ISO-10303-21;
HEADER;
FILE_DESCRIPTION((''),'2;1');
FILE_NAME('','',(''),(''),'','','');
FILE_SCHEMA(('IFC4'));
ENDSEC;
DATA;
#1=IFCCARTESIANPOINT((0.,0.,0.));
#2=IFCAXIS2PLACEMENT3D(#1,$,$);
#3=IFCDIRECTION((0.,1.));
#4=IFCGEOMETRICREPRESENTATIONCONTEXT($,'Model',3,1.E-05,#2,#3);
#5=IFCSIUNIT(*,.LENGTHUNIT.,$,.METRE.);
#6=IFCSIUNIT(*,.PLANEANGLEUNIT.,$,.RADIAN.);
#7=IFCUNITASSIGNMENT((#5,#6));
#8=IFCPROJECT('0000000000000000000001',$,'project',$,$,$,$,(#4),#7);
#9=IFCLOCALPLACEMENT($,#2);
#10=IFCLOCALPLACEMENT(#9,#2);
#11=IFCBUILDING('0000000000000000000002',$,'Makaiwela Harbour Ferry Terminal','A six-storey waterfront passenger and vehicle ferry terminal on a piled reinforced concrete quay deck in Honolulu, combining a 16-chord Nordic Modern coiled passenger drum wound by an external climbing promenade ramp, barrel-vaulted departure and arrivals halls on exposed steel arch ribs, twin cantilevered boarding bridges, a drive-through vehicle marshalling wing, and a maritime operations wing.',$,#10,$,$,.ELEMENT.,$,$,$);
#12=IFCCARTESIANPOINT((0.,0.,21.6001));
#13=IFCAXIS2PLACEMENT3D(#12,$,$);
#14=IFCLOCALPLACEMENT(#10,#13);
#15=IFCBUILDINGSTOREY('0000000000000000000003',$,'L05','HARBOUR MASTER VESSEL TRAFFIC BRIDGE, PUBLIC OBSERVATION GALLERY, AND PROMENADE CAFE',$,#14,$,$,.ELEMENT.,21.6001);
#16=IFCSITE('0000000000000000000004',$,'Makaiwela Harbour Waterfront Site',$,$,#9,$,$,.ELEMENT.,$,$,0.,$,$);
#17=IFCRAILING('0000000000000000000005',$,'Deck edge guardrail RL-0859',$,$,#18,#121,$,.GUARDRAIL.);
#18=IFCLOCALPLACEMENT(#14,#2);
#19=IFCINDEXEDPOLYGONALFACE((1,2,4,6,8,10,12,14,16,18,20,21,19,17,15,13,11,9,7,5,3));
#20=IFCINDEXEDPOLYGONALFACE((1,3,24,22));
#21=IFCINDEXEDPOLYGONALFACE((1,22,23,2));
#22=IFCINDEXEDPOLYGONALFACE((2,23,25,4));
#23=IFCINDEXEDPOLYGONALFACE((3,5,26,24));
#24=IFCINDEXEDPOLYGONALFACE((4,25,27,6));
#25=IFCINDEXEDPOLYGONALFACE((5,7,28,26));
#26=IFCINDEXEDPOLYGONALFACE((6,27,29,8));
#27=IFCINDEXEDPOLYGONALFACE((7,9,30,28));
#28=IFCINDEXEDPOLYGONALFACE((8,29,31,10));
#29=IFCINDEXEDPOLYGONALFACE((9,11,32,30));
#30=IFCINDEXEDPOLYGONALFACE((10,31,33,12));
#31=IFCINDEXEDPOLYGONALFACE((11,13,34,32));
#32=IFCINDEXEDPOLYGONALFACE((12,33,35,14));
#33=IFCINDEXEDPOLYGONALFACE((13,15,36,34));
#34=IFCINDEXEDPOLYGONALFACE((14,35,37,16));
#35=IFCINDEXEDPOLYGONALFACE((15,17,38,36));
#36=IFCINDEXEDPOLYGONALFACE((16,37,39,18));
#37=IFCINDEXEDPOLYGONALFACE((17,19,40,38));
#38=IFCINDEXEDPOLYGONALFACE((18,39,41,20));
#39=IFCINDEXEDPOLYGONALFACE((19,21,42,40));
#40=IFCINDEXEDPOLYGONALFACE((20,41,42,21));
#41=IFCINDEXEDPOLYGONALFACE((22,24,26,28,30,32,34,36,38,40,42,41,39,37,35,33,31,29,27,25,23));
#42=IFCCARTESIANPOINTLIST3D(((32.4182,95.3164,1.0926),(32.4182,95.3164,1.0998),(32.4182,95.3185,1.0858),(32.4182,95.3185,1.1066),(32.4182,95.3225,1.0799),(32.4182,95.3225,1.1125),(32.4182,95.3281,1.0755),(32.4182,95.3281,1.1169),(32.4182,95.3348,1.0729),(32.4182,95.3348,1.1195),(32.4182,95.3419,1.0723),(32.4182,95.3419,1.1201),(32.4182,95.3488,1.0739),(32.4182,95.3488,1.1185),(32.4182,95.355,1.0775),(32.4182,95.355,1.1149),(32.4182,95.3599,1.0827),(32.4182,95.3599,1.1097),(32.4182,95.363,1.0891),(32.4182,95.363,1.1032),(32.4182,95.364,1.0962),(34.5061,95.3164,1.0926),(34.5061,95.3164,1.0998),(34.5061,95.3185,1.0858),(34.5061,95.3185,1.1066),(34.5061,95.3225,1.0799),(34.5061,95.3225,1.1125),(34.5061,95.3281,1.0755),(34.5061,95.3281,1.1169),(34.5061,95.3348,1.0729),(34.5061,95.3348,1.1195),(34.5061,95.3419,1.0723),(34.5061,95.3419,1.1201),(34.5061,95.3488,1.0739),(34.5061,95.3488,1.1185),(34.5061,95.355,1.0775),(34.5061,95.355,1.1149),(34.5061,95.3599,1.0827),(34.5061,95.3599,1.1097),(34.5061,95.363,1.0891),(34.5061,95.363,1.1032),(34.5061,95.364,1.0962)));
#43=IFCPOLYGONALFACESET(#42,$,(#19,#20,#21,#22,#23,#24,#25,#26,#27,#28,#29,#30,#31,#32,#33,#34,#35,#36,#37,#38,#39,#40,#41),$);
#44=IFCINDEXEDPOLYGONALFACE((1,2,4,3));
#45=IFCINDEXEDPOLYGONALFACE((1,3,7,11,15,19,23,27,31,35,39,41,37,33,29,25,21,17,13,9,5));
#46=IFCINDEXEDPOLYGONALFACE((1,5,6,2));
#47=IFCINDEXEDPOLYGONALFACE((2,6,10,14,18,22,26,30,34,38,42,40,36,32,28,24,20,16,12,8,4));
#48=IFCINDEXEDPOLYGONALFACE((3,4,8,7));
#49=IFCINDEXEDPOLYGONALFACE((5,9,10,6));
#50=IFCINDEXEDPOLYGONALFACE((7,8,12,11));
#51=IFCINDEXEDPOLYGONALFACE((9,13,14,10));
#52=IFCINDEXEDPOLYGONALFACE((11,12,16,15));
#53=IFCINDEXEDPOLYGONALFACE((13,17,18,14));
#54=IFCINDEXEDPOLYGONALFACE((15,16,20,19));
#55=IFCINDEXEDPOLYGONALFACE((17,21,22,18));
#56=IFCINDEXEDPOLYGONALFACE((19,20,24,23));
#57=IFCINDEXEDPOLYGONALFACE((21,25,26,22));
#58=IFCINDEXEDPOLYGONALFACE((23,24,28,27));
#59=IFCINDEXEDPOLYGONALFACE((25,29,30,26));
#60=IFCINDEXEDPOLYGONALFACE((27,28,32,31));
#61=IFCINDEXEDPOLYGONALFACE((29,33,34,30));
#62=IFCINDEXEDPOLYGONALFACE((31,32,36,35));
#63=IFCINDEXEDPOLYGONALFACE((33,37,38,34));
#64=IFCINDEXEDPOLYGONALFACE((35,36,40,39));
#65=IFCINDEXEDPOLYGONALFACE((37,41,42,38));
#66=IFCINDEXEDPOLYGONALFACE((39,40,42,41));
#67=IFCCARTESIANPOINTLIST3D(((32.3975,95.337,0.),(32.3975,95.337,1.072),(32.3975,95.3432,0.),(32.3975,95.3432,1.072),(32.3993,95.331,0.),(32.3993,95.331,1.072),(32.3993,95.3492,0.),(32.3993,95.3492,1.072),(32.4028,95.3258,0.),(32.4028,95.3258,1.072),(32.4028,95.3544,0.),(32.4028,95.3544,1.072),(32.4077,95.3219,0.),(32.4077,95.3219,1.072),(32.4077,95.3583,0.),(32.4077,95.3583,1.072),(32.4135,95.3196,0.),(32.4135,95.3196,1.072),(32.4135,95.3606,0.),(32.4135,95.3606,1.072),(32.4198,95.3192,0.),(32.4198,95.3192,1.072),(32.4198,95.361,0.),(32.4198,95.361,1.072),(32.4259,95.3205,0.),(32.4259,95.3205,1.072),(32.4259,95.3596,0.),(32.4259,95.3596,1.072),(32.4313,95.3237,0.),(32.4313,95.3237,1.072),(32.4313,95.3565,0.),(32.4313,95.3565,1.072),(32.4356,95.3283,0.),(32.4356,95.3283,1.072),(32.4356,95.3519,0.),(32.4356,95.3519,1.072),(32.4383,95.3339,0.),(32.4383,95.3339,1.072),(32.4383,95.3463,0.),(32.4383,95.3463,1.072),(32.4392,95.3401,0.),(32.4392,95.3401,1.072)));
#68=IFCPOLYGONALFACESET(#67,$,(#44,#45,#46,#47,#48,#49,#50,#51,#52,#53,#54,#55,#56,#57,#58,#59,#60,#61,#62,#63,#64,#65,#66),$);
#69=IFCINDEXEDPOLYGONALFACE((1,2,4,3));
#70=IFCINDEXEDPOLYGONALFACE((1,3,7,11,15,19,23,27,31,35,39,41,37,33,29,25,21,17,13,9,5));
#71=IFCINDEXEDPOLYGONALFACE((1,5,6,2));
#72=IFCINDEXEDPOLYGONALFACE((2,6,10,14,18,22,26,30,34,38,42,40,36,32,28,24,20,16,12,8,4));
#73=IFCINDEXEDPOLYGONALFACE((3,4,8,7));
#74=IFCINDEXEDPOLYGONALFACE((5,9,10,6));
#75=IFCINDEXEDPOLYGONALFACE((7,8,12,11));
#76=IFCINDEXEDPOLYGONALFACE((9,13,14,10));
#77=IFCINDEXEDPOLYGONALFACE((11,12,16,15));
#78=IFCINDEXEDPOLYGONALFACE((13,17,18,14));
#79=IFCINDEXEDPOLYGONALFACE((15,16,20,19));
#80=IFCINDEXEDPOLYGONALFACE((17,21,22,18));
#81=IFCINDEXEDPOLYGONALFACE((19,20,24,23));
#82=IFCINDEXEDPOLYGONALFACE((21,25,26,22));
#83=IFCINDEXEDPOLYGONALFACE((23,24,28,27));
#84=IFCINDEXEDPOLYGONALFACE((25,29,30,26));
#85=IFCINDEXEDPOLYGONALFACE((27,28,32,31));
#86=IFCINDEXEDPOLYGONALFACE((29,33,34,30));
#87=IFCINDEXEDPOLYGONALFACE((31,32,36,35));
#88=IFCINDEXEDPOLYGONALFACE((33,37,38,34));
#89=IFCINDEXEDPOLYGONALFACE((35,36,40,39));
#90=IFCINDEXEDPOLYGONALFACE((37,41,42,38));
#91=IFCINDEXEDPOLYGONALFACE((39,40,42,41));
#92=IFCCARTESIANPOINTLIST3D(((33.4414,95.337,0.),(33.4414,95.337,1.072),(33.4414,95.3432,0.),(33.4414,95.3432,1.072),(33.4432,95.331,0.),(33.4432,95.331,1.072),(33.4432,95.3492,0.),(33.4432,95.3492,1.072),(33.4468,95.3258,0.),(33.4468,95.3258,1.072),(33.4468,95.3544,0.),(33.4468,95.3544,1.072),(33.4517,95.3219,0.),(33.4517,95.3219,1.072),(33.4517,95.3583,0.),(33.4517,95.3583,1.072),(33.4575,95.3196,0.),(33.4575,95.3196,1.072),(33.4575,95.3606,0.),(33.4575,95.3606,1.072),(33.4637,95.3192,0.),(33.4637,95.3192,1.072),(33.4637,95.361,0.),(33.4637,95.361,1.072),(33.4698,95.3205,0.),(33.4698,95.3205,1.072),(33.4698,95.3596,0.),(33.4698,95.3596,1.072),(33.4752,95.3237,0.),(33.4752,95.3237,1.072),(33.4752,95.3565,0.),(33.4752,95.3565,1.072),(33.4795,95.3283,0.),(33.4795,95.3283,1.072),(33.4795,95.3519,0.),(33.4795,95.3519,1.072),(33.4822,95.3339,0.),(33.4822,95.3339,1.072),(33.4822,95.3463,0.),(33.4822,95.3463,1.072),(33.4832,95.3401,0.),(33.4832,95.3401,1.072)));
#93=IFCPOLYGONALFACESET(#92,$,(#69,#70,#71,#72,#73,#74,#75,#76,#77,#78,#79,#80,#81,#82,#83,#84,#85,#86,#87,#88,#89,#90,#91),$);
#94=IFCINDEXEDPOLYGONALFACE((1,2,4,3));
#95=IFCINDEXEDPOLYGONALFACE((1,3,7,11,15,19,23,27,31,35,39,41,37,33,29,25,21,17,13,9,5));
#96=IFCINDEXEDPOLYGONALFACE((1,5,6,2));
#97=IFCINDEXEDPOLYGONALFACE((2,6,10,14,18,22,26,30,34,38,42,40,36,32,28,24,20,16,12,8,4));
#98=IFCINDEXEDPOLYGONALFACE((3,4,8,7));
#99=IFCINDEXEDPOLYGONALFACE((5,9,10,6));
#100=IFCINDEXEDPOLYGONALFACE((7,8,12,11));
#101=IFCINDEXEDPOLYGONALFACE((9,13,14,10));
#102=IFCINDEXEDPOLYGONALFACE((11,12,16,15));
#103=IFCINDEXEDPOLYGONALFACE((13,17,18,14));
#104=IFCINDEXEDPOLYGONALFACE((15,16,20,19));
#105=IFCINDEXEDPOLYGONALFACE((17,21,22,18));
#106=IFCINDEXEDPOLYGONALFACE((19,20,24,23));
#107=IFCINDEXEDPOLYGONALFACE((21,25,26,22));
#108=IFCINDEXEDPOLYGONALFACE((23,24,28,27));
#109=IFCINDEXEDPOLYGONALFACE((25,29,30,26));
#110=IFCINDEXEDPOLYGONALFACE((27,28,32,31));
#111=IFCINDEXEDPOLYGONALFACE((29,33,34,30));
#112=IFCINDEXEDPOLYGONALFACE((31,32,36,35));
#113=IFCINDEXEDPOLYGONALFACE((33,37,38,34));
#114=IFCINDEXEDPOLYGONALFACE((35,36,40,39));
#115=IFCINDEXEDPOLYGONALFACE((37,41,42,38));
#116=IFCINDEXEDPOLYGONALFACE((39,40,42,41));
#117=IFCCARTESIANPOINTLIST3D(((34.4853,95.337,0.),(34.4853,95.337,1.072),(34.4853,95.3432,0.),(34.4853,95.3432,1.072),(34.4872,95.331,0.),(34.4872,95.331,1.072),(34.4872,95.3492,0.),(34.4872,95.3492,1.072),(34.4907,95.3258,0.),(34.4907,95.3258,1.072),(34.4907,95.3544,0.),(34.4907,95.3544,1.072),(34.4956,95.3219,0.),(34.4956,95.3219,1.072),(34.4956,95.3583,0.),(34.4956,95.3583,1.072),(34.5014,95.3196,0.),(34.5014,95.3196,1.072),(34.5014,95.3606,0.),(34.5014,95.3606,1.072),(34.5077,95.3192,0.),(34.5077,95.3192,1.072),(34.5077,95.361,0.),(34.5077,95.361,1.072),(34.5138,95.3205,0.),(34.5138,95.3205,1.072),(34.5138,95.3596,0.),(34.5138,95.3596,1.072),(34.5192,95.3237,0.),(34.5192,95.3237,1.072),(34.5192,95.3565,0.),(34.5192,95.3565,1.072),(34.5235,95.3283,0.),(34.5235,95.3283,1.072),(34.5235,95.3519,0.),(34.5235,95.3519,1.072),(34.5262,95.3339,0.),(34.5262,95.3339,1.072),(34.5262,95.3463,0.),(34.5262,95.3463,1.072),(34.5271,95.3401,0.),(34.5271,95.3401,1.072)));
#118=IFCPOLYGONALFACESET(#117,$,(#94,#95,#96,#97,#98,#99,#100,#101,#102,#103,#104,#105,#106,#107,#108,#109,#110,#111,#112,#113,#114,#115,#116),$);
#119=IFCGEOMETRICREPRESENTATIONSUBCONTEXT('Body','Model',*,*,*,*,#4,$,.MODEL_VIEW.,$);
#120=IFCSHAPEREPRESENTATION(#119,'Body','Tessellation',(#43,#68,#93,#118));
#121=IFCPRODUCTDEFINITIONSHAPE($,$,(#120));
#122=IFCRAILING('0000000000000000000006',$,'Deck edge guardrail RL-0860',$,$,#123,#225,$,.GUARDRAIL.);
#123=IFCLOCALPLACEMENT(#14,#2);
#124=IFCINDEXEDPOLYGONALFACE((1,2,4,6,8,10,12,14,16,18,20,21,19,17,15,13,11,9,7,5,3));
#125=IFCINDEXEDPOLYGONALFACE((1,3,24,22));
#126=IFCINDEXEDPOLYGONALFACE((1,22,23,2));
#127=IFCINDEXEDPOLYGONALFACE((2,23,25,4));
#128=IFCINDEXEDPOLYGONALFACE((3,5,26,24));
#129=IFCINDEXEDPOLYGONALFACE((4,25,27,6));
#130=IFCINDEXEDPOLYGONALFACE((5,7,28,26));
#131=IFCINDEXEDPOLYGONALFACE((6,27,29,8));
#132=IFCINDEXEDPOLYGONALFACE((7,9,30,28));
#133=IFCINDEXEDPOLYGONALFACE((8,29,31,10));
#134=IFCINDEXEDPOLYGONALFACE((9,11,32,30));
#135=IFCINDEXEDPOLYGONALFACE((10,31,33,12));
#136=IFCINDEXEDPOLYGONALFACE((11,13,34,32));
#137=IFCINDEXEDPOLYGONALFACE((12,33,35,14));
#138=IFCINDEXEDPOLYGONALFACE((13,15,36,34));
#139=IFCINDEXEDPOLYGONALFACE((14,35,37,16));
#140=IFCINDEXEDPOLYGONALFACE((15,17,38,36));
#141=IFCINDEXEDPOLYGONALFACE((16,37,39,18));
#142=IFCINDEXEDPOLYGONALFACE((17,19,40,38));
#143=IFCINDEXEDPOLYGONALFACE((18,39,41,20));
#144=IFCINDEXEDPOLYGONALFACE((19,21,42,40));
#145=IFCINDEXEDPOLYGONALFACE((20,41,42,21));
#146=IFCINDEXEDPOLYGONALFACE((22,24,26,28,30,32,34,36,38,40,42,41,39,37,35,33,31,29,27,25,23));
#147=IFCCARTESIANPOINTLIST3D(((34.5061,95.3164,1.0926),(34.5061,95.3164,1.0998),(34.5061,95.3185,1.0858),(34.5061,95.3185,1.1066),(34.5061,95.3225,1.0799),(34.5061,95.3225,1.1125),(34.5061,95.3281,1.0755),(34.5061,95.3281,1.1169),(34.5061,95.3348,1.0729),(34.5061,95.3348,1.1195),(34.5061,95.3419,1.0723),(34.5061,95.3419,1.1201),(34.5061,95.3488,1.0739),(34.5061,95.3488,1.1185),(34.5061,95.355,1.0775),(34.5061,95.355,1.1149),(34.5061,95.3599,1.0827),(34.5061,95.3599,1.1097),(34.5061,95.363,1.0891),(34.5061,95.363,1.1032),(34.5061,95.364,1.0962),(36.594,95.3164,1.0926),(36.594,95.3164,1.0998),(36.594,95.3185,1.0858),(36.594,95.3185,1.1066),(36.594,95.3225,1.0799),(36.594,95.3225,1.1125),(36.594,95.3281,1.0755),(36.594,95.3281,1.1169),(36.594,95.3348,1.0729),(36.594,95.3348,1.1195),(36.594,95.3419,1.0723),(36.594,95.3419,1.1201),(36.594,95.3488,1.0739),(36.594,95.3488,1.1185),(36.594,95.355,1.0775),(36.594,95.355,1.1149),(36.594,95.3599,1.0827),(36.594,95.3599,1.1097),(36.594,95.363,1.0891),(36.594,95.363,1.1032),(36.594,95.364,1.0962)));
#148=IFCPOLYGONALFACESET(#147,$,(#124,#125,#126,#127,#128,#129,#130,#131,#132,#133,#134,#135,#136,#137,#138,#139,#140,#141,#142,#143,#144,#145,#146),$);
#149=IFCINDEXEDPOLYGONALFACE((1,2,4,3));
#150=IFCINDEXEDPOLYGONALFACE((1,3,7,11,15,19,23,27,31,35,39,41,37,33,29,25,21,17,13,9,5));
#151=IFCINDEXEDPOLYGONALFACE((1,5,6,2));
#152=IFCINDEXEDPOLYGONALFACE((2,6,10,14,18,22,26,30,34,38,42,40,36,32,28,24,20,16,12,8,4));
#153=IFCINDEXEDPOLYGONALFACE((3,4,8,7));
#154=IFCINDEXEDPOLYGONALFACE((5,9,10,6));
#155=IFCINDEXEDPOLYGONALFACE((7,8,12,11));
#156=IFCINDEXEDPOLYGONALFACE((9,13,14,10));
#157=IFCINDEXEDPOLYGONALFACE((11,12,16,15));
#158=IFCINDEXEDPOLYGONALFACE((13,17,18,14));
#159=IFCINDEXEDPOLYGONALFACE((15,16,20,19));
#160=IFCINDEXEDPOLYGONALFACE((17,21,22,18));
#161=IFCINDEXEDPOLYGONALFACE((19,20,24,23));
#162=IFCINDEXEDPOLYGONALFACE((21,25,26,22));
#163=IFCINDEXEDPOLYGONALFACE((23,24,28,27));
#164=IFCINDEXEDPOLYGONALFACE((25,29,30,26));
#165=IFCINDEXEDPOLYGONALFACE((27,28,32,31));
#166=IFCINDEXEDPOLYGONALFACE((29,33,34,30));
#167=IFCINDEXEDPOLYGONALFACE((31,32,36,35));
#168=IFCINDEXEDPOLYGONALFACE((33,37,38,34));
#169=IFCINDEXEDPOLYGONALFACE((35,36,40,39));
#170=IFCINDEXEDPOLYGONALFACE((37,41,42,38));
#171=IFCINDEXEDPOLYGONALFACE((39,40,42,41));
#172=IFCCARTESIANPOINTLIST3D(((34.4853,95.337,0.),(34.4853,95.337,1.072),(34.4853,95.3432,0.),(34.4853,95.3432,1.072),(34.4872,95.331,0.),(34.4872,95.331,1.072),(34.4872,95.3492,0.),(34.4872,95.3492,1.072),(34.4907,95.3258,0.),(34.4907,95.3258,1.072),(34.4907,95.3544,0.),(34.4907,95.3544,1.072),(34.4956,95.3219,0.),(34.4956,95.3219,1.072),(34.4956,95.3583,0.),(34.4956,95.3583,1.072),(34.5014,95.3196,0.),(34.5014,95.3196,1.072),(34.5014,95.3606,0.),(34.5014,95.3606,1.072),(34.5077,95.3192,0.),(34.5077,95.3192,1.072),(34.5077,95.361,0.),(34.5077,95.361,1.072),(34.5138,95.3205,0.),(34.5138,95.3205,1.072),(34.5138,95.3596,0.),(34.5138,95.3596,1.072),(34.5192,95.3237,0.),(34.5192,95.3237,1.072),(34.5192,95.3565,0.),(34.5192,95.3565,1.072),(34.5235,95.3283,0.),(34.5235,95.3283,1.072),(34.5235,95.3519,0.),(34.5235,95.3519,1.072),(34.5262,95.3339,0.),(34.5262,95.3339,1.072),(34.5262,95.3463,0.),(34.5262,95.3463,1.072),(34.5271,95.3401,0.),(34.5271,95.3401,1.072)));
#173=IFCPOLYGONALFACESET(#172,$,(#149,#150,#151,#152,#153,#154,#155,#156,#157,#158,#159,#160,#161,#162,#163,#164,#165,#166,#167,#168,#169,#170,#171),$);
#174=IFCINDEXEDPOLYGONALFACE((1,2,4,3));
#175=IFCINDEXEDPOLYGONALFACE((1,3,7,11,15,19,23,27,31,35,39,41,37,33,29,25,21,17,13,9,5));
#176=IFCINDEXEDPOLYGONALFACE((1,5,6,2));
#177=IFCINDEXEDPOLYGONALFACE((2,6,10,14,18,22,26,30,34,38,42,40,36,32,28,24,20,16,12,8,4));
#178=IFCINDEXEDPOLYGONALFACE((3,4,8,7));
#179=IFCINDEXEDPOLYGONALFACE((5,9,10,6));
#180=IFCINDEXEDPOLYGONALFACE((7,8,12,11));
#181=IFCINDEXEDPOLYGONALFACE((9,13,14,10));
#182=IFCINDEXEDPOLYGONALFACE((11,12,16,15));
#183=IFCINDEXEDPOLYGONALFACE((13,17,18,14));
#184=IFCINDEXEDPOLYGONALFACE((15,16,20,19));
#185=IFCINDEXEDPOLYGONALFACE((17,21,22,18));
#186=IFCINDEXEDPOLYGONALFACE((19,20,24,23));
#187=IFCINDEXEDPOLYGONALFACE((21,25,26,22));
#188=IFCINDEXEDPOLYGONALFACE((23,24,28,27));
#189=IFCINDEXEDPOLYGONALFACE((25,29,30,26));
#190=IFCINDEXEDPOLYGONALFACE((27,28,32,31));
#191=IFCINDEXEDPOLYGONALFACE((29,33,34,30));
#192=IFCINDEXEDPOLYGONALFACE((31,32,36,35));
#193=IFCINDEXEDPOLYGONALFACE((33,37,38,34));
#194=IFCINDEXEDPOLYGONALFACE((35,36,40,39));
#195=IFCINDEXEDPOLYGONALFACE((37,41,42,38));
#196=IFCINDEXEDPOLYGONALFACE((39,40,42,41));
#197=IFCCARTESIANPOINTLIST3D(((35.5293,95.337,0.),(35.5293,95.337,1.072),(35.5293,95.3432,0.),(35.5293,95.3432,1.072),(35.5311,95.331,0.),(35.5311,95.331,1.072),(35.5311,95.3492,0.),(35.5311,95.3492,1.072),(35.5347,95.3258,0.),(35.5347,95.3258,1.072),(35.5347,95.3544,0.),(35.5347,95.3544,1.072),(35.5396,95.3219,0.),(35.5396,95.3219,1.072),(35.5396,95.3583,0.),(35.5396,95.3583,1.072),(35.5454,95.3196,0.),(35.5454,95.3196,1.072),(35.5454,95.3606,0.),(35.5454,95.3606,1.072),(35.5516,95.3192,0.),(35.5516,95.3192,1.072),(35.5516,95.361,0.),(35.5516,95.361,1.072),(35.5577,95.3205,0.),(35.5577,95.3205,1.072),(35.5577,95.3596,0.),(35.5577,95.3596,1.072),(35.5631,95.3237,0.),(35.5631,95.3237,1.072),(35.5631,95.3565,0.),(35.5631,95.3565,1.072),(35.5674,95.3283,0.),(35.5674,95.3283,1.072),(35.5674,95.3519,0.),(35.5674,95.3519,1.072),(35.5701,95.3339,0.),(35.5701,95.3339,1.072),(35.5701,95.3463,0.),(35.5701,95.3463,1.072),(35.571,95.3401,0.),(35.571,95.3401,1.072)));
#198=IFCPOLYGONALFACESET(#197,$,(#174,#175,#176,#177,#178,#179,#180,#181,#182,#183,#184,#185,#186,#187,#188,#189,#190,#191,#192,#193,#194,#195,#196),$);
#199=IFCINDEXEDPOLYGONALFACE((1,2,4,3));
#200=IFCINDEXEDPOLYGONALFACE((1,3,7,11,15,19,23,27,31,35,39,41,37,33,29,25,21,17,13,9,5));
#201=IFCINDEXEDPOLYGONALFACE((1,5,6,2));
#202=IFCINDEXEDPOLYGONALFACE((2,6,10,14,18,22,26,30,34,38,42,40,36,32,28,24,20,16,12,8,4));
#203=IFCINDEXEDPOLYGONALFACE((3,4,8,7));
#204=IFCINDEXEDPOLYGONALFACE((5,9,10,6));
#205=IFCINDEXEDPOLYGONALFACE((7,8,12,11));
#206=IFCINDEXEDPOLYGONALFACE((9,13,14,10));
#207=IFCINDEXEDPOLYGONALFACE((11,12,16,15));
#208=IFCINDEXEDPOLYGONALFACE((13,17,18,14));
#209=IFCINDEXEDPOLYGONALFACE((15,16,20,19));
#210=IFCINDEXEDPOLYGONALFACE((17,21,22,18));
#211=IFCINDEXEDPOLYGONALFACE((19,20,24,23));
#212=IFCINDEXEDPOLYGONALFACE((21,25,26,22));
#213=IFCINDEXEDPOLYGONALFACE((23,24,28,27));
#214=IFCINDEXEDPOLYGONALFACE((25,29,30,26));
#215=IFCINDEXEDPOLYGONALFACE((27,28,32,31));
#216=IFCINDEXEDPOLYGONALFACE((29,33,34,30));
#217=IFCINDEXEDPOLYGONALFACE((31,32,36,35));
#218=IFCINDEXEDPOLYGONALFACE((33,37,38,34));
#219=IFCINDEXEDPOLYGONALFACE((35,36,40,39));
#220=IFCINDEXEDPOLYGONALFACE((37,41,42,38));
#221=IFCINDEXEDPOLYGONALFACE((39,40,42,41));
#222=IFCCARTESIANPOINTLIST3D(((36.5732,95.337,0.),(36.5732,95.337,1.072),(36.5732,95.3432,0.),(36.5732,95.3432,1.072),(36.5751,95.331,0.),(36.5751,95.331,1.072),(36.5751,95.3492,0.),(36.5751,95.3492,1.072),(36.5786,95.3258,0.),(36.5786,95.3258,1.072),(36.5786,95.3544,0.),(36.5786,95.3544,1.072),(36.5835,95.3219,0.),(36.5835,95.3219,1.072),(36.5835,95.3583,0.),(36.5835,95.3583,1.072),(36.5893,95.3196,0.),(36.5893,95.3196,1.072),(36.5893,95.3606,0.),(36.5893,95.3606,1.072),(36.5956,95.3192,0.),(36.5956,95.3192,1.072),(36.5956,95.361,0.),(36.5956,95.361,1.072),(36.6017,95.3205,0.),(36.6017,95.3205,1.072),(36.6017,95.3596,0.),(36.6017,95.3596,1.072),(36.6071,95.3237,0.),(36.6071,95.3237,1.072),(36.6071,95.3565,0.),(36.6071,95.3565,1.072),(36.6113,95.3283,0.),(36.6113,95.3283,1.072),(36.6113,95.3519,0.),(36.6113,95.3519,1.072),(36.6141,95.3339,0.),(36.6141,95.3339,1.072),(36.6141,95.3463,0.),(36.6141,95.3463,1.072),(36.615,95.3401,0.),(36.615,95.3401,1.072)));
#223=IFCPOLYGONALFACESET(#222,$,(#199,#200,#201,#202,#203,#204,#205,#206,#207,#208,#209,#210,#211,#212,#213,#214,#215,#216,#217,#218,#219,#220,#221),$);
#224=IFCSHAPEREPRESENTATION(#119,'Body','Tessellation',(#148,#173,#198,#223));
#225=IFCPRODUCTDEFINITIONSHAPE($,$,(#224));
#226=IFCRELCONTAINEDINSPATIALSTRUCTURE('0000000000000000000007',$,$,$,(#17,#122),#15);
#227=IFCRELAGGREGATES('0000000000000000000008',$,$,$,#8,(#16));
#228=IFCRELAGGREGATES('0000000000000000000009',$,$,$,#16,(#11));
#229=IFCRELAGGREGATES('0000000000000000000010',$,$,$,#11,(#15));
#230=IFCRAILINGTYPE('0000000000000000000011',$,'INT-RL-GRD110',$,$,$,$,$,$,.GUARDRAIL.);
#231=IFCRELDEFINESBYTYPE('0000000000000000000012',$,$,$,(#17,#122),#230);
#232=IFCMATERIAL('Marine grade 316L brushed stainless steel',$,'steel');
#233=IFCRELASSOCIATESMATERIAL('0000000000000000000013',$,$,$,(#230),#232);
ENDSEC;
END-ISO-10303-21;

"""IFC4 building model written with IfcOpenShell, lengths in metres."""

from ifc_helpers import new_model, si_unit, direction, frame, origin, origin_2d, place, context, subcontext, project, spatial, circle, extrude, material, type_object, element, save


model = new_model("IFC4")

# Units and contexts
model_context = context("Model", 3, precision=1e-05, world=origin(), true_north=direction((0.0, 1.0)))
body_context = subcontext(model_context, "Body", "Model", "MODEL_VIEW")
ifc_project = project(units=[si_unit("LENGTHUNIT", "METRE"), si_unit("PLANEANGLEUNIT", "RADIAN")], contexts=[model_context])

# Site, building, storey
site_placement = place(None, origin())
site = spatial("IfcSite", under=ifc_project, at=site_placement, Name="Makaiwela Harbour Waterfront Site", CompositionType="ELEMENT", RefElevation=0.0)
building_placement = place(site_placement, origin())
building = spatial("IfcBuilding", under=site, at=building_placement, Name="Makaiwela Harbour Ferry Terminal", Description="A six-storey waterfront passenger and vehicle ferry terminal on a piled reinforced concrete quay deck in Honolulu, combining a 16-chord Nordic Modern coiled passenger drum wound by an external climbing promenade ramp, barrel-vaulted departure and arrivals halls on exposed steel arch ribs, twin cantilevered boarding bridges, a drive-through vehicle marshalling wing, and a maritime operations wing.", CompositionType="ELEMENT")
storey_placement = place(building_placement, frame((0.0, 0.0, 21.6001)))
storey = spatial("IfcBuildingStorey", under=building, at=storey_placement, Name="L05", Description="HARBOUR MASTER VESSEL TRAFFIC BRIDGE, PUBLIC OBSERVATION GALLERY, AND PROMENADE CAFE", CompositionType="ELEMENT", Elevation=21.6001)

# Railings
ifc_material_1 = material(Name="Marine grade 316L brushed stainless steel", Category="steel")
railing_type = type_object("IfcRailingType", Name="INT-RL-GRD110", PredefinedType="GUARDRAIL", material=ifc_material_1)
for number, where, name in (
    (1, (32.4182, 95.3401, 0.0), "Deck edge guardrail RL-0859"),
    (2, (34.5061, 95.3401, 0.0), "Deck edge guardrail RL-0860"),
):
    element("IfcRailing", number, at=place(storey_placement, frame(where)), inside=storey, type_object=railing_type, Name=name, PredefinedType="GUARDRAIL", context=body_context, shape_type="SweptSolid", body=[
        extrude(circle(Radius=0.0239, at=origin_2d()), frame((0.0, 0.0, 1.0962), z_axis=(1.0, 0.0, 0.0), x_axis=(0.0, 1.0, 0.0)), (0.0, 0.0, 1.0), 2.0879),
        extrude(circle(Radius=0.021, at=origin_2d()), origin(), (0.0, 0.0, 1.0), 1.072),
        extrude(circle(Radius=0.021, at=origin_2d()), frame((1.0439, 0.0, 0.0)), (0.0, 0.0, 1.0), 1.072),
        extrude(circle(Radius=0.021, at=origin_2d()), frame((2.0879, 0.0, 0.0)), (0.0, 0.0, 1.0), 1.072),
    ])

save(model, "model.ifc")
